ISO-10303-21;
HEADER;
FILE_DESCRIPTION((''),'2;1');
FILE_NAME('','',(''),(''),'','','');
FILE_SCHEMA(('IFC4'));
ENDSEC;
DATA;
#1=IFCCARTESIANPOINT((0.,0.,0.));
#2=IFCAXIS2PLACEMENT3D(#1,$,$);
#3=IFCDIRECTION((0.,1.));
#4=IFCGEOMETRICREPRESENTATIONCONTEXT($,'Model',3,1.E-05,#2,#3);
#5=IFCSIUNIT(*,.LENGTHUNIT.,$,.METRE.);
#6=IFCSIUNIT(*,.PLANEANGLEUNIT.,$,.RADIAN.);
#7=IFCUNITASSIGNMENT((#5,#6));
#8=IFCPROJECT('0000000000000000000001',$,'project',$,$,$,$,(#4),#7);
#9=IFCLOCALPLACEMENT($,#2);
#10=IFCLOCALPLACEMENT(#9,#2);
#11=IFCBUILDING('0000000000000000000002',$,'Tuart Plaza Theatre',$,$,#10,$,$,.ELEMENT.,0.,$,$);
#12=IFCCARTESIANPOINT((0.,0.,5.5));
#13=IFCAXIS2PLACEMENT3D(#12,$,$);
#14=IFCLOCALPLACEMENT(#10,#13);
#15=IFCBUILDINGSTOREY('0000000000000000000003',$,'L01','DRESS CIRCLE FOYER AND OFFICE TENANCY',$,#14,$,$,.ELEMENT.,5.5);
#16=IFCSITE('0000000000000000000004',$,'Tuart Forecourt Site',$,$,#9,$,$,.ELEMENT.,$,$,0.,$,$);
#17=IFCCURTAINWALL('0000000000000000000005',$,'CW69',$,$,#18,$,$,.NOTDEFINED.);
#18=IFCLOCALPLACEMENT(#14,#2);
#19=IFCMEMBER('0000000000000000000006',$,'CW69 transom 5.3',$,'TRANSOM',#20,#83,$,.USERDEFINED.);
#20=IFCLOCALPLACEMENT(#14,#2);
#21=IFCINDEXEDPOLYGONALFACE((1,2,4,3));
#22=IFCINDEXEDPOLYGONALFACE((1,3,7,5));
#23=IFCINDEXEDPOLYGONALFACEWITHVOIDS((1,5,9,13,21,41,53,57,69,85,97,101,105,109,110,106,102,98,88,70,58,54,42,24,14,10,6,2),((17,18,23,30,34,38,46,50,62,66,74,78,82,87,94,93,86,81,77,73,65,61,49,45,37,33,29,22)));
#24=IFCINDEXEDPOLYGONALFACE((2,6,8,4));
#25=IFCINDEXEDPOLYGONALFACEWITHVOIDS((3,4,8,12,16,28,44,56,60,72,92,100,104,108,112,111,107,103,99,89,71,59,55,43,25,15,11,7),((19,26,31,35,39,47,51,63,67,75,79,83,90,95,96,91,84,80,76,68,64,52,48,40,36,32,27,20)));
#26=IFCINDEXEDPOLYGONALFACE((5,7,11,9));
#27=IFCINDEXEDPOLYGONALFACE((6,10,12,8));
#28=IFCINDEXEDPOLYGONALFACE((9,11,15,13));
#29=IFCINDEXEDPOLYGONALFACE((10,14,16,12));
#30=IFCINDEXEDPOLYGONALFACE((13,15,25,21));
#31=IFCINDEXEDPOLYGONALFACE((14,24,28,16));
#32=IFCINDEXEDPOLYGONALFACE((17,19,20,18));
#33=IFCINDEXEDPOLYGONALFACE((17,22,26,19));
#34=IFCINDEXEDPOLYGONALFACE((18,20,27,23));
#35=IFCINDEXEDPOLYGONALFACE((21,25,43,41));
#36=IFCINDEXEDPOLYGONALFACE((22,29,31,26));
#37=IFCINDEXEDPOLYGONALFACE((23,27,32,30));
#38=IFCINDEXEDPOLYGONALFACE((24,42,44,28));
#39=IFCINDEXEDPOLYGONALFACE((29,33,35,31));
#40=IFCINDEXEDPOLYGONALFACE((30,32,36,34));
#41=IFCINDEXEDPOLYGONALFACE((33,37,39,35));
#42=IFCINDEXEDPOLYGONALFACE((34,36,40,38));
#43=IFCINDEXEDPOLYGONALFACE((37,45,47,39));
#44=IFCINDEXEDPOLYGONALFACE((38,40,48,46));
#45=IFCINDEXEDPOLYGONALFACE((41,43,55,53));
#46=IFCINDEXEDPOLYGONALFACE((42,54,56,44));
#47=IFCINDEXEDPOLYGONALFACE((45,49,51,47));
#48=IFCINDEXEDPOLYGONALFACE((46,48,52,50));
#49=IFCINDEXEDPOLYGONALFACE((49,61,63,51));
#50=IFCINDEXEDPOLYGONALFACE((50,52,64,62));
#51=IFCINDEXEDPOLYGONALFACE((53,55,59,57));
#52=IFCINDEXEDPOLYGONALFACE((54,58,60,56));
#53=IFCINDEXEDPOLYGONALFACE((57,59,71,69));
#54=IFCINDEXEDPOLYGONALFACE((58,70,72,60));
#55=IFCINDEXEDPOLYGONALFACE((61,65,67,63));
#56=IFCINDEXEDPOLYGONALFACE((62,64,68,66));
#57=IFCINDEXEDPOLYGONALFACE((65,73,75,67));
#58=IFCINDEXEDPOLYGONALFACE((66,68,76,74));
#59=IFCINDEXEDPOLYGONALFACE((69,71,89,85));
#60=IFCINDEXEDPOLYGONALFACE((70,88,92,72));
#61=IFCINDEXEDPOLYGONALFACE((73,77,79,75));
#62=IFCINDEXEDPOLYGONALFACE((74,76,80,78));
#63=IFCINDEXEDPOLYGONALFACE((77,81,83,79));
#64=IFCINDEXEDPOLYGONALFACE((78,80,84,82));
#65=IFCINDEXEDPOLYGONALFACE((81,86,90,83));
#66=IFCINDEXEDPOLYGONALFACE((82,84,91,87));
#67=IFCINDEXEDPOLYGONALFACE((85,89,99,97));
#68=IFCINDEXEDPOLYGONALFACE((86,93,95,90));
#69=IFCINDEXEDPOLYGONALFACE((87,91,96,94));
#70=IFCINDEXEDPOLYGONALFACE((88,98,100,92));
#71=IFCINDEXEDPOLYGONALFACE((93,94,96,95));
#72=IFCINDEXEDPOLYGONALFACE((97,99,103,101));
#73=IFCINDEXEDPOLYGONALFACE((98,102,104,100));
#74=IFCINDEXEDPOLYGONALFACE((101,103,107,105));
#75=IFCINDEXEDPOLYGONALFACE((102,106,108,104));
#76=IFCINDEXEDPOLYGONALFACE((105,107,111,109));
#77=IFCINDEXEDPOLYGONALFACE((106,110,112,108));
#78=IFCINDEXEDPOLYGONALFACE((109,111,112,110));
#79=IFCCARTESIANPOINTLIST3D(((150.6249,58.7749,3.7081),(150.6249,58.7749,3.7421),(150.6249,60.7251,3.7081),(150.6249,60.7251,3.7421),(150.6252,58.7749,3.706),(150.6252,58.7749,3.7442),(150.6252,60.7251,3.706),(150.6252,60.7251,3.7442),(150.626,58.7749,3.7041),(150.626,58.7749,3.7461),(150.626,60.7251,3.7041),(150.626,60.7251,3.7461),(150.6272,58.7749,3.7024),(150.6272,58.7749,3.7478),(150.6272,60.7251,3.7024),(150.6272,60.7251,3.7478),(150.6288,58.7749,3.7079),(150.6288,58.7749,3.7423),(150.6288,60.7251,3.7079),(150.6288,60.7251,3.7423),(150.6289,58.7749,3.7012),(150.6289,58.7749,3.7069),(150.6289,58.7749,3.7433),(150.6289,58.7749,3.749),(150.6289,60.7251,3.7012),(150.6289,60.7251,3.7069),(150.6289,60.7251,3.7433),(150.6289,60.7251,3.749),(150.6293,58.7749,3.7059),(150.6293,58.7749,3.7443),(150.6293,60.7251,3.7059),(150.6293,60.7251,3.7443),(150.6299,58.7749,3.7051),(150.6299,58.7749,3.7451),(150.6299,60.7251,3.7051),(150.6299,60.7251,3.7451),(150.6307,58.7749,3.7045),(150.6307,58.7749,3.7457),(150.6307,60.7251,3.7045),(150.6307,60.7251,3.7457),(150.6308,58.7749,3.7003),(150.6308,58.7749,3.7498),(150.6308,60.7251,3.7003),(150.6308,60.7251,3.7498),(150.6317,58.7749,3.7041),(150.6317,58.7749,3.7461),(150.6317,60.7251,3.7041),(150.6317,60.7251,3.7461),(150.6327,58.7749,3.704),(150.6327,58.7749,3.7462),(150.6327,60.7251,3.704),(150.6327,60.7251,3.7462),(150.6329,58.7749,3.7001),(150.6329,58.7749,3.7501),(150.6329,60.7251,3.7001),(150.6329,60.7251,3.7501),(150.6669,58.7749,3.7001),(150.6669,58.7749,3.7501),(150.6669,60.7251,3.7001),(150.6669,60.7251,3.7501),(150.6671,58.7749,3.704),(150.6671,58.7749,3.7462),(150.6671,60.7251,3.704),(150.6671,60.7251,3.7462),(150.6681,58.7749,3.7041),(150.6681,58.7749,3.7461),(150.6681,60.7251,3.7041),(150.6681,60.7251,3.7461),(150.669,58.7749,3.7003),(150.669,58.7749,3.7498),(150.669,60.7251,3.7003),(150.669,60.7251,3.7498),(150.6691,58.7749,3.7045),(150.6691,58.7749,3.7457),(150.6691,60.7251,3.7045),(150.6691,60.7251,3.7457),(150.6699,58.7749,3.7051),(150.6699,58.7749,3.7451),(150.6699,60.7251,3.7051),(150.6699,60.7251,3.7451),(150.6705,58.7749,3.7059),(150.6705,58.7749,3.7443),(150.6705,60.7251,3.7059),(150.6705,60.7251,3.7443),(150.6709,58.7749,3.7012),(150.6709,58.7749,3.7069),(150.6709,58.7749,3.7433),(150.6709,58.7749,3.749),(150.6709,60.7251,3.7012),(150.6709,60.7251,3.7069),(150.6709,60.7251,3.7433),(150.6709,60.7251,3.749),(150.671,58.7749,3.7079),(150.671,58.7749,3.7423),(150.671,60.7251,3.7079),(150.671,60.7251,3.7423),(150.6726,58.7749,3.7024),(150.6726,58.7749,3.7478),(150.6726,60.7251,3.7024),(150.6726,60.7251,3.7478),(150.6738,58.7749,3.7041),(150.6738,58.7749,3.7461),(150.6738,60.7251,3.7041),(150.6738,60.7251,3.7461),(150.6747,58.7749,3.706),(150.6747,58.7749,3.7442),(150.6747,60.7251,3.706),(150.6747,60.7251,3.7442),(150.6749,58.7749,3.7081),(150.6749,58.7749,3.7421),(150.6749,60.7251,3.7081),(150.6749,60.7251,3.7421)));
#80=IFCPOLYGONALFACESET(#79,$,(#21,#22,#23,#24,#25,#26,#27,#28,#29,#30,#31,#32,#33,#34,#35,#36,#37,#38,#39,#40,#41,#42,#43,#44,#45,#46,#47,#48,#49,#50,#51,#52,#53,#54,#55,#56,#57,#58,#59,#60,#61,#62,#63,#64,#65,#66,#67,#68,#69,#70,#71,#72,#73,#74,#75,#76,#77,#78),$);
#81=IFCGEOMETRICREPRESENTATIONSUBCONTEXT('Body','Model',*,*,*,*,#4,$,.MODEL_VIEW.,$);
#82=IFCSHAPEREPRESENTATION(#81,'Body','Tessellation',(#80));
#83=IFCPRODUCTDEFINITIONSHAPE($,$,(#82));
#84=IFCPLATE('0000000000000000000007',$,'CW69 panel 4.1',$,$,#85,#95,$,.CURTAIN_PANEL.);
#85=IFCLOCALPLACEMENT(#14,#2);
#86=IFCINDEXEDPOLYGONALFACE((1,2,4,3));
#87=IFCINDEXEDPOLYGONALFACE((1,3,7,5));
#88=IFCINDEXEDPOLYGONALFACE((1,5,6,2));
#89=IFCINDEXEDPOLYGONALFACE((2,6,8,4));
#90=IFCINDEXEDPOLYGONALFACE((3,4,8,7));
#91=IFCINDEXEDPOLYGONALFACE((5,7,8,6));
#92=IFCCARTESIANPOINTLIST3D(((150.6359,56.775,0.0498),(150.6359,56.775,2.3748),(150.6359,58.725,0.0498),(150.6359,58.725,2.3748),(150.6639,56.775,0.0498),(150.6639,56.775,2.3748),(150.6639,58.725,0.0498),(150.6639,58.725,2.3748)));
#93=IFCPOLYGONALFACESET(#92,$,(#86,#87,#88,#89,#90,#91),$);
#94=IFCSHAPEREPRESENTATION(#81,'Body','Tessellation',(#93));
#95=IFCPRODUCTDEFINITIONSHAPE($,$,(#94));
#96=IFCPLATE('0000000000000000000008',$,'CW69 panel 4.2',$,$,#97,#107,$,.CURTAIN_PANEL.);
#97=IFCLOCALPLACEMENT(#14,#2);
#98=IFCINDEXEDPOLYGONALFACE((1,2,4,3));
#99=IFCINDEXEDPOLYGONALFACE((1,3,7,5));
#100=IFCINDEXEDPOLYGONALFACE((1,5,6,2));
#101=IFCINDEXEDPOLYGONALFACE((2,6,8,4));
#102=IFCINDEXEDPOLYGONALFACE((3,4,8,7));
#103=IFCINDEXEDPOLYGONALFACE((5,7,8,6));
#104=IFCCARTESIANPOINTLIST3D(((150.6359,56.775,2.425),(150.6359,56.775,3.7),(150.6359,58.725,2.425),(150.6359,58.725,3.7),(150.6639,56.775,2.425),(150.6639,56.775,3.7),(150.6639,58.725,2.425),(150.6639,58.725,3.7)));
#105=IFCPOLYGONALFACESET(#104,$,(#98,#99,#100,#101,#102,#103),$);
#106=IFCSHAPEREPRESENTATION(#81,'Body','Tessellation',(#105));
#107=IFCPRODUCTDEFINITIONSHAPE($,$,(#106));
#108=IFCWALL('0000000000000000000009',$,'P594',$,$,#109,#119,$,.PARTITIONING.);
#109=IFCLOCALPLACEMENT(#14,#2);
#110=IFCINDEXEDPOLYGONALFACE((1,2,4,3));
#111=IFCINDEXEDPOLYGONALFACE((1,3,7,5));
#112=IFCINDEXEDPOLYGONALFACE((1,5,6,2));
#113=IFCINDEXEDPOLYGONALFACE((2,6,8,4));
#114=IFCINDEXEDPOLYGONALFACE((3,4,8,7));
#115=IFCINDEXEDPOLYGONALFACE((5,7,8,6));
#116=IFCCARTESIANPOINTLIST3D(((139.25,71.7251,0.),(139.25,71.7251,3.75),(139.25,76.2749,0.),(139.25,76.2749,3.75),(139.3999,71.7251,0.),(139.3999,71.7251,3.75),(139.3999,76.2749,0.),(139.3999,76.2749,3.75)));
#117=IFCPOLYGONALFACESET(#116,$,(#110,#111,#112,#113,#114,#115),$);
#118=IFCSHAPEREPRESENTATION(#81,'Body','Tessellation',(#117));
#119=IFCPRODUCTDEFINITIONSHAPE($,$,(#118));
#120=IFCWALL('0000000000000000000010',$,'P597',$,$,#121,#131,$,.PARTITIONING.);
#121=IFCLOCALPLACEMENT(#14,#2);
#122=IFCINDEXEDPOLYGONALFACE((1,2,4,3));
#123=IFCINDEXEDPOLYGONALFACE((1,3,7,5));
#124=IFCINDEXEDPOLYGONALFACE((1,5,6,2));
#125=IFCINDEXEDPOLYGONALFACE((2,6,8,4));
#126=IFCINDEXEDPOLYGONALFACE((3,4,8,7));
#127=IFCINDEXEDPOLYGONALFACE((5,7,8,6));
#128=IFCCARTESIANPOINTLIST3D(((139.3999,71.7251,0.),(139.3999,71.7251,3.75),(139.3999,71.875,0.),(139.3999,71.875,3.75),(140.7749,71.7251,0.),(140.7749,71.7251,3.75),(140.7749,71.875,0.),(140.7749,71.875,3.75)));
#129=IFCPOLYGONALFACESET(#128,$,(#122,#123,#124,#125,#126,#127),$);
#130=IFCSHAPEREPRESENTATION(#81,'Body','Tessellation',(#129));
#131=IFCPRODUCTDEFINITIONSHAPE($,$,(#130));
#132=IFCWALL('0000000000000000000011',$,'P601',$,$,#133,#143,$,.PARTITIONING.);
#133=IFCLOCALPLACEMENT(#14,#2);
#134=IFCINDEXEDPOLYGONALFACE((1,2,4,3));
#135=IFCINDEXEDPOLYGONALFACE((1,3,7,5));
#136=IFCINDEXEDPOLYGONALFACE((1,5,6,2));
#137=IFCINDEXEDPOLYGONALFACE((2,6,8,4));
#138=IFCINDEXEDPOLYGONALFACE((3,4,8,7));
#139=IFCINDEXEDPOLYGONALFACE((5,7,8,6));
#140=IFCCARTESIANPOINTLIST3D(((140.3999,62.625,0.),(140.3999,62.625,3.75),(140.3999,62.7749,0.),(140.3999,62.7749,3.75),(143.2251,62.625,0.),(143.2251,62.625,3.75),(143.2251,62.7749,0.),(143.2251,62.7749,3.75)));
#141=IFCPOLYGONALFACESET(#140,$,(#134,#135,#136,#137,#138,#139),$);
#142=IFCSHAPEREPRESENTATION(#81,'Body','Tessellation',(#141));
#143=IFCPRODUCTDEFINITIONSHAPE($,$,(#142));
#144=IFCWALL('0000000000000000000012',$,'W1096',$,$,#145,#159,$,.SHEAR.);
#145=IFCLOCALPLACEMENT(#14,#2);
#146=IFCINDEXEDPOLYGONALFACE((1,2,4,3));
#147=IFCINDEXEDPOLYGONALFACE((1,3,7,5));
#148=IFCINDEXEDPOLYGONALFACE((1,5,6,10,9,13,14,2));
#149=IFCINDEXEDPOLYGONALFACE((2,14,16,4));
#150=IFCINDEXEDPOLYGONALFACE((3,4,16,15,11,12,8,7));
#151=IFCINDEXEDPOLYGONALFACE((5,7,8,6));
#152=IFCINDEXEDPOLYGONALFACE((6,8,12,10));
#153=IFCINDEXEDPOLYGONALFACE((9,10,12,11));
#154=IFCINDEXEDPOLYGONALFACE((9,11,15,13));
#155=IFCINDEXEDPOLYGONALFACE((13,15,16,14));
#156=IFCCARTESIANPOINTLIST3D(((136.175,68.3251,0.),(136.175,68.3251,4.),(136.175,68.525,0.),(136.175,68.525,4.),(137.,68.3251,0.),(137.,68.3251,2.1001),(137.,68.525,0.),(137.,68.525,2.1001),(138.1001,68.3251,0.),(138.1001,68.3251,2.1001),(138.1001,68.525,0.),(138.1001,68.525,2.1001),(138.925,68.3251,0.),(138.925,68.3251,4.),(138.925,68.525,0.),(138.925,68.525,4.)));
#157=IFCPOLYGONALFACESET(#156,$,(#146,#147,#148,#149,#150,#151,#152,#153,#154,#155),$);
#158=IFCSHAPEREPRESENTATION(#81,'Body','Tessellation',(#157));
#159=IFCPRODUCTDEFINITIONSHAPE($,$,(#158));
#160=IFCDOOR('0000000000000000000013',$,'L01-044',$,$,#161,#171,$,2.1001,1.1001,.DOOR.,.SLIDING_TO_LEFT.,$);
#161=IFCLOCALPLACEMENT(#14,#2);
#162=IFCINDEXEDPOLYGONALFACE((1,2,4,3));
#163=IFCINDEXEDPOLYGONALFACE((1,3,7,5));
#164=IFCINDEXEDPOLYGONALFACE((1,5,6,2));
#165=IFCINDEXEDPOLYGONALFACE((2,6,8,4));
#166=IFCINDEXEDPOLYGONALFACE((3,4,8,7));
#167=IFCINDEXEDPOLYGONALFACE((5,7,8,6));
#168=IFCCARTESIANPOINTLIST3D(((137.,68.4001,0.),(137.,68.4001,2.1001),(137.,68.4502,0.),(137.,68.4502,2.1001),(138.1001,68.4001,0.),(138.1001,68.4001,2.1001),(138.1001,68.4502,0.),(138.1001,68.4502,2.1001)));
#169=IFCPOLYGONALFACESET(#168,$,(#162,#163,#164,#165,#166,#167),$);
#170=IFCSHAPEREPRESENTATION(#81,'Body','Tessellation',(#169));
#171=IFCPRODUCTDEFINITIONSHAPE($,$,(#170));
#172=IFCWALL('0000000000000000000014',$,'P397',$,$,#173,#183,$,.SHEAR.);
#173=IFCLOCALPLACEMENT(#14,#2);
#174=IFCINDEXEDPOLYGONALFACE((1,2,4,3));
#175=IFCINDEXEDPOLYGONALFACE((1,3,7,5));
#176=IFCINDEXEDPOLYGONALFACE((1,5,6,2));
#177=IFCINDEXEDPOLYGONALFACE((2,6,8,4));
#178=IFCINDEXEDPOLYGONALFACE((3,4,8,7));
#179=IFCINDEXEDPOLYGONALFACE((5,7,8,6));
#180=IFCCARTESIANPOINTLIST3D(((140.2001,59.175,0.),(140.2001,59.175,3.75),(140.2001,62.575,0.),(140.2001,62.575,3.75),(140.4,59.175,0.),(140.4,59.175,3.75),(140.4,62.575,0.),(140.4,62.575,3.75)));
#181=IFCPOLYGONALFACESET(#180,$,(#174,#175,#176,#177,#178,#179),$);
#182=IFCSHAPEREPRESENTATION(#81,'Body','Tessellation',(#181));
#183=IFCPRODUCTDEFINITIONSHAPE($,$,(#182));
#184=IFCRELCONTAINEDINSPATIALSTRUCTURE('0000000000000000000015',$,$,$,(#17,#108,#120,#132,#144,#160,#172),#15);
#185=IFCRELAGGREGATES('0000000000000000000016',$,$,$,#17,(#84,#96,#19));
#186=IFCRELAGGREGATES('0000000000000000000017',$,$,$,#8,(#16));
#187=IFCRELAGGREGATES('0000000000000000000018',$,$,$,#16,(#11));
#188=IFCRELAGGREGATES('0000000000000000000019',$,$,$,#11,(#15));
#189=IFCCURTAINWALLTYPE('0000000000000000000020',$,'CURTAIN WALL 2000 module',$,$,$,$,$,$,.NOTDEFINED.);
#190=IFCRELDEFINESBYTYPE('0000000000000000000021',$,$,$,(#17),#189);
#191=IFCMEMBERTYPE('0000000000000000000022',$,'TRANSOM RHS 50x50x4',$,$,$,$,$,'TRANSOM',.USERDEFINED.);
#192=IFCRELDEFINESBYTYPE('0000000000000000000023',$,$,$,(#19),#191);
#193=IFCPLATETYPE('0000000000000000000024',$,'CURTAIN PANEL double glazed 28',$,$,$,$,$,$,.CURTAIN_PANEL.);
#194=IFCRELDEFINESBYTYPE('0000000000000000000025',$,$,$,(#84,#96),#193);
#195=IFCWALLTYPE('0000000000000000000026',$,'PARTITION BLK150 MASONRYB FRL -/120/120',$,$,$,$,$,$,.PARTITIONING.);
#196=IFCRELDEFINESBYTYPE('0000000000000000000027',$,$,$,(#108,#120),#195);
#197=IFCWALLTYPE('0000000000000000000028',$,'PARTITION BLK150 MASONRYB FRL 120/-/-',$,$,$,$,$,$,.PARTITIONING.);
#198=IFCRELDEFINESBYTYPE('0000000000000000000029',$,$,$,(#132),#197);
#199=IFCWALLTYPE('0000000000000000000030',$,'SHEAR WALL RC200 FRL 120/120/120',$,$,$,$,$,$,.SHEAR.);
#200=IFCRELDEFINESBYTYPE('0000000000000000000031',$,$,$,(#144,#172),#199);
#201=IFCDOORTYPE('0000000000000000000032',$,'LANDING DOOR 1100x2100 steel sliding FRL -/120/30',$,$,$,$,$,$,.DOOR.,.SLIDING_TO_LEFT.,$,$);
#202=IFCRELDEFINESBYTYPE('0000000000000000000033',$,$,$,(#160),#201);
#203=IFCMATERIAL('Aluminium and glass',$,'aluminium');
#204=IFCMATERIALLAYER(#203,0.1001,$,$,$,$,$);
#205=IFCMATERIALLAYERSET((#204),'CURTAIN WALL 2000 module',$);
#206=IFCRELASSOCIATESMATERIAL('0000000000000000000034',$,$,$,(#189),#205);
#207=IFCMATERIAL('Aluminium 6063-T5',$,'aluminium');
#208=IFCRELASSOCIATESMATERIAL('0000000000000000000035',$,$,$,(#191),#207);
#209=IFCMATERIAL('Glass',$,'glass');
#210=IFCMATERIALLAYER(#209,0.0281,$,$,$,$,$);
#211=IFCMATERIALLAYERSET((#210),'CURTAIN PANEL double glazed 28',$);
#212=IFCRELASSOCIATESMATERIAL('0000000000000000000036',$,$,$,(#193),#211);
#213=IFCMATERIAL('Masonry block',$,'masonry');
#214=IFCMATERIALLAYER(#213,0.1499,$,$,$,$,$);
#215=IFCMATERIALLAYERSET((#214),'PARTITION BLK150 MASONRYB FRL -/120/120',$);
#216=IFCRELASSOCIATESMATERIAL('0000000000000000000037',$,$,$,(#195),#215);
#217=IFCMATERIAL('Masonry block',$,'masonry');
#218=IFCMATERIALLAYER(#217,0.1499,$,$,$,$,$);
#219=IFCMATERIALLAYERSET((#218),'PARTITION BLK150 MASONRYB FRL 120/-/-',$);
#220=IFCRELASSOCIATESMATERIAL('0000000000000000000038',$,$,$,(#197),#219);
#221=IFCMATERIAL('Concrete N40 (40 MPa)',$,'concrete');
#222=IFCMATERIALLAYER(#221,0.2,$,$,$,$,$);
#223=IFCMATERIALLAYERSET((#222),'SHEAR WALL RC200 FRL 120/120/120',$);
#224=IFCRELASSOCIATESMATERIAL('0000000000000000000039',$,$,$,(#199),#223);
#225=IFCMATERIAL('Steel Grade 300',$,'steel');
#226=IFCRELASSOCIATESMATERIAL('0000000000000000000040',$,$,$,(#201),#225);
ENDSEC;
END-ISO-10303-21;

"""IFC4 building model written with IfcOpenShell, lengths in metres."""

from ifc_helpers import new_model, si_unit, direction, frame, frame_2d, origin, origin_2d, place, context, subcontext, project, spatial, rectangle, hollow_rectangle, extrude, material, layer, layer_set, material_profile, profile_set, type_object, element, fill, aggregate, save


model = new_model("IFC4")

# Units and contexts
model_context = context("Model", 3, precision=1e-05, world=origin(), true_north=direction((0.0, 1.0)))
body_context = subcontext(model_context, "Body", "Model", "MODEL_VIEW")
ifc_project = project(units=[si_unit("LENGTHUNIT", "METRE"), si_unit("PLANEANGLEUNIT", "RADIAN")], contexts=[model_context])

# Site, building, storey
site_placement = place(None, origin())
site = spatial("IfcSite", under=ifc_project, at=site_placement, Name="Tuart Forecourt Site", CompositionType="ELEMENT", RefElevation=0.0)
building_placement = place(site_placement, origin())
building = spatial("IfcBuilding", under=site, at=building_placement, Name="Tuart Plaza Theatre", CompositionType="ELEMENT", ElevationOfRefHeight=0.0)
storey_placement = place(building_placement, frame((0.0, 0.0, 5.5)))
storey = spatial("IfcBuildingStorey", under=building, at=storey_placement, Name="L01", Description="DRESS CIRCLE FOYER AND OFFICE TENANCY", CompositionType="ELEMENT", Elevation=5.5)

# Curtain wall, member, plates
ifc_material_1 = material(Name="Aluminium and glass", Category="aluminium")
ifc_layer_1 = layer(ifc_material_1, 0.1001)
ifc_layer_set_1 = layer_set([ifc_layer_1], Name="CURTAIN WALL 2000 module")
curtain_wall_type = type_object("IfcCurtainWallType", Name="CURTAIN WALL 2000 module", PredefinedType="NOTDEFINED", material=ifc_layer_set_1)
curtain_wall_placement = place(storey_placement, origin())
curtain_wall = element("IfcCurtainWall", 1, at=curtain_wall_placement, inside=storey, type_object=curtain_wall_type, Name="CW69", PredefinedType="NOTDEFINED")
ifc_material_2 = material(Name="Aluminium 6063-T5", Category="aluminium")
ifc_material_profile_1 = material_profile(ifc_material_2, hollow_rectangle(XDim=0.05, YDim=0.05, WallThickness=0.0039, InnerFilletRadius=0.0039, OuterFilletRadius=0.0081, at=origin_2d()), Name="RHS 50x50x4")
ifc_profile_set_1 = profile_set([ifc_material_profile_1], Name="Aluminium 6063-T5")
member_type_1 = type_object("IfcMemberType", Name="TRANSOM RHS 50x50x4", ElementType="TRANSOM", PredefinedType="USERDEFINED", material=ifc_profile_set_1)
member_1_placement = place(storey_placement, frame((150.6499, 58.7749, 3.7251), z_axis=(0.0, 1.0, 0.0), x_axis=(-1.0, 0.0, 0.0)))
member_1 = element("IfcMember", 2, at=member_1_placement, type_object=member_type_1, Name="CW69 transom 5.3", ObjectType="TRANSOM", PredefinedType="USERDEFINED", context=body_context, shape_type="SweptSolid", body=[
    extrude(hollow_rectangle(XDim=0.05, YDim=0.05, WallThickness=0.0039, InnerFilletRadius=0.0039, OuterFilletRadius=0.0081, at=origin_2d()), origin(), (0.0, 0.0, 1.0), 1.9502),
])
ifc_material_3 = material(Name="Glass", Category="glass")
ifc_layer_2 = layer(ifc_material_3, 0.0281)
ifc_layer_set_2 = layer_set([ifc_layer_2], Name="CURTAIN PANEL double glazed 28")
plate_type = type_object("IfcPlateType", Name="CURTAIN PANEL double glazed 28", PredefinedType="CURTAIN_PANEL", material=ifc_layer_set_2)
plate_1_placement = place(storey_placement, frame((150.6499, 57.75, 0.0498), z_axis=(0.0, 0.0, 1.0), x_axis=(0.0, 1.0, 0.0)))
plate_1 = element("IfcPlate", 3, at=plate_1_placement, type_object=plate_type, Name="CW69 panel 4.1", PredefinedType="CURTAIN_PANEL", context=body_context, shape_type="SweptSolid", body=[
    extrude(rectangle(XDim=1.95, YDim=0.0281, at=origin_2d()), origin(), (0.0, 0.0, 1.0), 2.325),
])
plate_2_placement = place(storey_placement, frame((150.6499, 57.75, 2.425), z_axis=(0.0, 0.0, 1.0), x_axis=(0.0, 1.0, 0.0)))
plate_2 = element("IfcPlate", 4, at=plate_2_placement, type_object=plate_type, Name="CW69 panel 4.2", PredefinedType="CURTAIN_PANEL", context=body_context, shape_type="SweptSolid", body=[
    extrude(rectangle(XDim=1.95, YDim=0.0281, at=origin_2d()), origin(), (0.0, 0.0, 1.0), 1.2749),
])
aggregate(curtain_wall, [plate_1, plate_2, member_1])

# Walls
ifc_material_4 = material(Name="Masonry block", Category="masonry")
ifc_layer_3 = layer(ifc_material_4, 0.1499)
ifc_layer_set_3 = layer_set([ifc_layer_3], Name="PARTITION BLK150 MASONRYB FRL -/120/120")
wall_type_1 = type_object("IfcWallType", Name="PARTITION BLK150 MASONRYB FRL -/120/120", PredefinedType="PARTITIONING", material=ifc_layer_set_3)
wall_1_placement = place(storey_placement, frame((139.325, 71.7251, 0.0), z_axis=(0.0, 0.0, 1.0), x_axis=(0.0, 1.0, 0.0)))
element("IfcWall", 5, at=wall_1_placement, inside=storey, type_object=wall_type_1, Name="P594", PredefinedType="PARTITIONING", context=body_context, shape_type="SweptSolid", body=[
    extrude(rectangle(XDim=4.5498, YDim=0.1499, at=frame_2d((2.2749, 0.0))), origin(), (0.0, 0.0, 1.0), 3.75),
])
wall_2_placement = place(storey_placement, frame((139.3999, 71.8, 0.0), z_axis=(0.0, 0.0, 1.0), x_axis=(1.0, 0.0, 0.0)))
element("IfcWall", 6, at=wall_2_placement, inside=storey, type_object=wall_type_1, Name="P597", PredefinedType="PARTITIONING", context=body_context, shape_type="SweptSolid", body=[
    extrude(rectangle(XDim=1.375, YDim=0.1499, at=frame_2d((0.6875, 0.0))), origin(), (0.0, 0.0, 1.0), 3.75),
])
ifc_material_5 = material(Name="Masonry block", Category="masonry")
ifc_layer_4 = layer(ifc_material_5, 0.1499)
ifc_layer_set_4 = layer_set([ifc_layer_4], Name="PARTITION BLK150 MASONRYB FRL 120/-/-")
wall_type_2 = type_object("IfcWallType", Name="PARTITION BLK150 MASONRYB FRL 120/-/-", PredefinedType="PARTITIONING", material=ifc_layer_set_4)
wall_3_placement = place(storey_placement, frame((143.2251, 62.7, 0.0), z_axis=(0.0, 0.0, 1.0), x_axis=(-1.0, 0.0, 0.0)))
element("IfcWall", 7, at=wall_3_placement, inside=storey, type_object=wall_type_2, Name="P601", PredefinedType="PARTITIONING", context=body_context, shape_type="SweptSolid", body=[
    extrude(rectangle(XDim=2.8252, YDim=0.1499, at=frame_2d((1.4126, 0.0))), origin(), (0.0, 0.0, 1.0), 3.75),
])

# Wall, opening, door
ifc_material_6 = material(Name="Concrete N40 (40 MPa)", Category="concrete")
ifc_layer_5 = layer(ifc_material_6, 0.2)
ifc_layer_set_5 = layer_set([ifc_layer_5], Name="SHEAR WALL RC200 FRL 120/120/120")
wall_type_3 = type_object("IfcWallType", Name="SHEAR WALL RC200 FRL 120/120/120", PredefinedType="SHEAR", material=ifc_layer_set_5)
wall_4_placement = place(storey_placement, frame((138.925, 68.425, 0.0), z_axis=(0.0, 0.0, 1.0), x_axis=(-1.0, 0.0, 0.0)))
wall_4 = element("IfcWall", 8, at=wall_4_placement, inside=storey, type_object=wall_type_3, Name="W1096", PredefinedType="SHEAR", context=body_context, shape_type="SweptSolid", body=[
    extrude(rectangle(XDim=2.75, YDim=0.2, at=frame_2d((1.375, 0.0))), origin(), (0.0, 0.0, 1.0), 4.0),
])
opening_1_placement = place(wall_4_placement, frame((0.825, 0.0, 0.0)))
opening_1 = element("IfcOpeningElement", 9, at=opening_1_placement, cuts=wall_4, PredefinedType="OPENING", context=body_context, shape_type="SweptSolid", body=[
    extrude(rectangle(XDim=1.1001, YDim=2.1001, at=frame_2d((0.55, 1.05))), frame((0.0, 0.1099, 0.0), z_axis=(0.0, -1.0, 0.0), x_axis=(1.0, 0.0, 0.0)), (0.0, 0.0, 1.0), 0.22),
])
ifc_material_7 = material(Name="Steel Grade 300", Category="steel")
door_type_1 = type_object("IfcDoorType", Name="LANDING DOOR 1100x2100 steel sliding FRL -/120/30", OperationType="SLIDING_TO_LEFT", PredefinedType="DOOR", material=ifc_material_7)
door_1_placement = place(opening_1_placement, origin())
door_1 = element("IfcDoor", 10, at=door_1_placement, inside=storey, type_object=door_type_1, Name="L01-044", OperationType="SLIDING_TO_LEFT", OverallHeight=2.1001, OverallWidth=1.1001, PredefinedType="DOOR", context=body_context, shape_type="SweptSolid", body=[
    extrude(rectangle(XDim=1.1001, YDim=2.1001, at=frame_2d((0.55, 1.05))), frame((0.0, 0.0249, 0.0), z_axis=(0.0, -1.0, 0.0), x_axis=(1.0, 0.0, 0.0)), (0.0, 0.0, 1.0), 0.05),
])
fill(opening_1, door_1)

# Wall
wall_5_placement = place(storey_placement, frame((140.3, 59.175, 0.0), z_axis=(0.0, 0.0, 1.0), x_axis=(0.0, 1.0, 0.0)))
element("IfcWall", 11, at=wall_5_placement, inside=storey, type_object=wall_type_3, Name="P397", PredefinedType="SHEAR", context=body_context, shape_type="SweptSolid", body=[
    extrude(rectangle(XDim=3.3999, YDim=0.2, at=frame_2d((1.7, 0.0))), origin(), (0.0, 0.0, 1.0), 3.75),
])

save(model, "model.ifc")
